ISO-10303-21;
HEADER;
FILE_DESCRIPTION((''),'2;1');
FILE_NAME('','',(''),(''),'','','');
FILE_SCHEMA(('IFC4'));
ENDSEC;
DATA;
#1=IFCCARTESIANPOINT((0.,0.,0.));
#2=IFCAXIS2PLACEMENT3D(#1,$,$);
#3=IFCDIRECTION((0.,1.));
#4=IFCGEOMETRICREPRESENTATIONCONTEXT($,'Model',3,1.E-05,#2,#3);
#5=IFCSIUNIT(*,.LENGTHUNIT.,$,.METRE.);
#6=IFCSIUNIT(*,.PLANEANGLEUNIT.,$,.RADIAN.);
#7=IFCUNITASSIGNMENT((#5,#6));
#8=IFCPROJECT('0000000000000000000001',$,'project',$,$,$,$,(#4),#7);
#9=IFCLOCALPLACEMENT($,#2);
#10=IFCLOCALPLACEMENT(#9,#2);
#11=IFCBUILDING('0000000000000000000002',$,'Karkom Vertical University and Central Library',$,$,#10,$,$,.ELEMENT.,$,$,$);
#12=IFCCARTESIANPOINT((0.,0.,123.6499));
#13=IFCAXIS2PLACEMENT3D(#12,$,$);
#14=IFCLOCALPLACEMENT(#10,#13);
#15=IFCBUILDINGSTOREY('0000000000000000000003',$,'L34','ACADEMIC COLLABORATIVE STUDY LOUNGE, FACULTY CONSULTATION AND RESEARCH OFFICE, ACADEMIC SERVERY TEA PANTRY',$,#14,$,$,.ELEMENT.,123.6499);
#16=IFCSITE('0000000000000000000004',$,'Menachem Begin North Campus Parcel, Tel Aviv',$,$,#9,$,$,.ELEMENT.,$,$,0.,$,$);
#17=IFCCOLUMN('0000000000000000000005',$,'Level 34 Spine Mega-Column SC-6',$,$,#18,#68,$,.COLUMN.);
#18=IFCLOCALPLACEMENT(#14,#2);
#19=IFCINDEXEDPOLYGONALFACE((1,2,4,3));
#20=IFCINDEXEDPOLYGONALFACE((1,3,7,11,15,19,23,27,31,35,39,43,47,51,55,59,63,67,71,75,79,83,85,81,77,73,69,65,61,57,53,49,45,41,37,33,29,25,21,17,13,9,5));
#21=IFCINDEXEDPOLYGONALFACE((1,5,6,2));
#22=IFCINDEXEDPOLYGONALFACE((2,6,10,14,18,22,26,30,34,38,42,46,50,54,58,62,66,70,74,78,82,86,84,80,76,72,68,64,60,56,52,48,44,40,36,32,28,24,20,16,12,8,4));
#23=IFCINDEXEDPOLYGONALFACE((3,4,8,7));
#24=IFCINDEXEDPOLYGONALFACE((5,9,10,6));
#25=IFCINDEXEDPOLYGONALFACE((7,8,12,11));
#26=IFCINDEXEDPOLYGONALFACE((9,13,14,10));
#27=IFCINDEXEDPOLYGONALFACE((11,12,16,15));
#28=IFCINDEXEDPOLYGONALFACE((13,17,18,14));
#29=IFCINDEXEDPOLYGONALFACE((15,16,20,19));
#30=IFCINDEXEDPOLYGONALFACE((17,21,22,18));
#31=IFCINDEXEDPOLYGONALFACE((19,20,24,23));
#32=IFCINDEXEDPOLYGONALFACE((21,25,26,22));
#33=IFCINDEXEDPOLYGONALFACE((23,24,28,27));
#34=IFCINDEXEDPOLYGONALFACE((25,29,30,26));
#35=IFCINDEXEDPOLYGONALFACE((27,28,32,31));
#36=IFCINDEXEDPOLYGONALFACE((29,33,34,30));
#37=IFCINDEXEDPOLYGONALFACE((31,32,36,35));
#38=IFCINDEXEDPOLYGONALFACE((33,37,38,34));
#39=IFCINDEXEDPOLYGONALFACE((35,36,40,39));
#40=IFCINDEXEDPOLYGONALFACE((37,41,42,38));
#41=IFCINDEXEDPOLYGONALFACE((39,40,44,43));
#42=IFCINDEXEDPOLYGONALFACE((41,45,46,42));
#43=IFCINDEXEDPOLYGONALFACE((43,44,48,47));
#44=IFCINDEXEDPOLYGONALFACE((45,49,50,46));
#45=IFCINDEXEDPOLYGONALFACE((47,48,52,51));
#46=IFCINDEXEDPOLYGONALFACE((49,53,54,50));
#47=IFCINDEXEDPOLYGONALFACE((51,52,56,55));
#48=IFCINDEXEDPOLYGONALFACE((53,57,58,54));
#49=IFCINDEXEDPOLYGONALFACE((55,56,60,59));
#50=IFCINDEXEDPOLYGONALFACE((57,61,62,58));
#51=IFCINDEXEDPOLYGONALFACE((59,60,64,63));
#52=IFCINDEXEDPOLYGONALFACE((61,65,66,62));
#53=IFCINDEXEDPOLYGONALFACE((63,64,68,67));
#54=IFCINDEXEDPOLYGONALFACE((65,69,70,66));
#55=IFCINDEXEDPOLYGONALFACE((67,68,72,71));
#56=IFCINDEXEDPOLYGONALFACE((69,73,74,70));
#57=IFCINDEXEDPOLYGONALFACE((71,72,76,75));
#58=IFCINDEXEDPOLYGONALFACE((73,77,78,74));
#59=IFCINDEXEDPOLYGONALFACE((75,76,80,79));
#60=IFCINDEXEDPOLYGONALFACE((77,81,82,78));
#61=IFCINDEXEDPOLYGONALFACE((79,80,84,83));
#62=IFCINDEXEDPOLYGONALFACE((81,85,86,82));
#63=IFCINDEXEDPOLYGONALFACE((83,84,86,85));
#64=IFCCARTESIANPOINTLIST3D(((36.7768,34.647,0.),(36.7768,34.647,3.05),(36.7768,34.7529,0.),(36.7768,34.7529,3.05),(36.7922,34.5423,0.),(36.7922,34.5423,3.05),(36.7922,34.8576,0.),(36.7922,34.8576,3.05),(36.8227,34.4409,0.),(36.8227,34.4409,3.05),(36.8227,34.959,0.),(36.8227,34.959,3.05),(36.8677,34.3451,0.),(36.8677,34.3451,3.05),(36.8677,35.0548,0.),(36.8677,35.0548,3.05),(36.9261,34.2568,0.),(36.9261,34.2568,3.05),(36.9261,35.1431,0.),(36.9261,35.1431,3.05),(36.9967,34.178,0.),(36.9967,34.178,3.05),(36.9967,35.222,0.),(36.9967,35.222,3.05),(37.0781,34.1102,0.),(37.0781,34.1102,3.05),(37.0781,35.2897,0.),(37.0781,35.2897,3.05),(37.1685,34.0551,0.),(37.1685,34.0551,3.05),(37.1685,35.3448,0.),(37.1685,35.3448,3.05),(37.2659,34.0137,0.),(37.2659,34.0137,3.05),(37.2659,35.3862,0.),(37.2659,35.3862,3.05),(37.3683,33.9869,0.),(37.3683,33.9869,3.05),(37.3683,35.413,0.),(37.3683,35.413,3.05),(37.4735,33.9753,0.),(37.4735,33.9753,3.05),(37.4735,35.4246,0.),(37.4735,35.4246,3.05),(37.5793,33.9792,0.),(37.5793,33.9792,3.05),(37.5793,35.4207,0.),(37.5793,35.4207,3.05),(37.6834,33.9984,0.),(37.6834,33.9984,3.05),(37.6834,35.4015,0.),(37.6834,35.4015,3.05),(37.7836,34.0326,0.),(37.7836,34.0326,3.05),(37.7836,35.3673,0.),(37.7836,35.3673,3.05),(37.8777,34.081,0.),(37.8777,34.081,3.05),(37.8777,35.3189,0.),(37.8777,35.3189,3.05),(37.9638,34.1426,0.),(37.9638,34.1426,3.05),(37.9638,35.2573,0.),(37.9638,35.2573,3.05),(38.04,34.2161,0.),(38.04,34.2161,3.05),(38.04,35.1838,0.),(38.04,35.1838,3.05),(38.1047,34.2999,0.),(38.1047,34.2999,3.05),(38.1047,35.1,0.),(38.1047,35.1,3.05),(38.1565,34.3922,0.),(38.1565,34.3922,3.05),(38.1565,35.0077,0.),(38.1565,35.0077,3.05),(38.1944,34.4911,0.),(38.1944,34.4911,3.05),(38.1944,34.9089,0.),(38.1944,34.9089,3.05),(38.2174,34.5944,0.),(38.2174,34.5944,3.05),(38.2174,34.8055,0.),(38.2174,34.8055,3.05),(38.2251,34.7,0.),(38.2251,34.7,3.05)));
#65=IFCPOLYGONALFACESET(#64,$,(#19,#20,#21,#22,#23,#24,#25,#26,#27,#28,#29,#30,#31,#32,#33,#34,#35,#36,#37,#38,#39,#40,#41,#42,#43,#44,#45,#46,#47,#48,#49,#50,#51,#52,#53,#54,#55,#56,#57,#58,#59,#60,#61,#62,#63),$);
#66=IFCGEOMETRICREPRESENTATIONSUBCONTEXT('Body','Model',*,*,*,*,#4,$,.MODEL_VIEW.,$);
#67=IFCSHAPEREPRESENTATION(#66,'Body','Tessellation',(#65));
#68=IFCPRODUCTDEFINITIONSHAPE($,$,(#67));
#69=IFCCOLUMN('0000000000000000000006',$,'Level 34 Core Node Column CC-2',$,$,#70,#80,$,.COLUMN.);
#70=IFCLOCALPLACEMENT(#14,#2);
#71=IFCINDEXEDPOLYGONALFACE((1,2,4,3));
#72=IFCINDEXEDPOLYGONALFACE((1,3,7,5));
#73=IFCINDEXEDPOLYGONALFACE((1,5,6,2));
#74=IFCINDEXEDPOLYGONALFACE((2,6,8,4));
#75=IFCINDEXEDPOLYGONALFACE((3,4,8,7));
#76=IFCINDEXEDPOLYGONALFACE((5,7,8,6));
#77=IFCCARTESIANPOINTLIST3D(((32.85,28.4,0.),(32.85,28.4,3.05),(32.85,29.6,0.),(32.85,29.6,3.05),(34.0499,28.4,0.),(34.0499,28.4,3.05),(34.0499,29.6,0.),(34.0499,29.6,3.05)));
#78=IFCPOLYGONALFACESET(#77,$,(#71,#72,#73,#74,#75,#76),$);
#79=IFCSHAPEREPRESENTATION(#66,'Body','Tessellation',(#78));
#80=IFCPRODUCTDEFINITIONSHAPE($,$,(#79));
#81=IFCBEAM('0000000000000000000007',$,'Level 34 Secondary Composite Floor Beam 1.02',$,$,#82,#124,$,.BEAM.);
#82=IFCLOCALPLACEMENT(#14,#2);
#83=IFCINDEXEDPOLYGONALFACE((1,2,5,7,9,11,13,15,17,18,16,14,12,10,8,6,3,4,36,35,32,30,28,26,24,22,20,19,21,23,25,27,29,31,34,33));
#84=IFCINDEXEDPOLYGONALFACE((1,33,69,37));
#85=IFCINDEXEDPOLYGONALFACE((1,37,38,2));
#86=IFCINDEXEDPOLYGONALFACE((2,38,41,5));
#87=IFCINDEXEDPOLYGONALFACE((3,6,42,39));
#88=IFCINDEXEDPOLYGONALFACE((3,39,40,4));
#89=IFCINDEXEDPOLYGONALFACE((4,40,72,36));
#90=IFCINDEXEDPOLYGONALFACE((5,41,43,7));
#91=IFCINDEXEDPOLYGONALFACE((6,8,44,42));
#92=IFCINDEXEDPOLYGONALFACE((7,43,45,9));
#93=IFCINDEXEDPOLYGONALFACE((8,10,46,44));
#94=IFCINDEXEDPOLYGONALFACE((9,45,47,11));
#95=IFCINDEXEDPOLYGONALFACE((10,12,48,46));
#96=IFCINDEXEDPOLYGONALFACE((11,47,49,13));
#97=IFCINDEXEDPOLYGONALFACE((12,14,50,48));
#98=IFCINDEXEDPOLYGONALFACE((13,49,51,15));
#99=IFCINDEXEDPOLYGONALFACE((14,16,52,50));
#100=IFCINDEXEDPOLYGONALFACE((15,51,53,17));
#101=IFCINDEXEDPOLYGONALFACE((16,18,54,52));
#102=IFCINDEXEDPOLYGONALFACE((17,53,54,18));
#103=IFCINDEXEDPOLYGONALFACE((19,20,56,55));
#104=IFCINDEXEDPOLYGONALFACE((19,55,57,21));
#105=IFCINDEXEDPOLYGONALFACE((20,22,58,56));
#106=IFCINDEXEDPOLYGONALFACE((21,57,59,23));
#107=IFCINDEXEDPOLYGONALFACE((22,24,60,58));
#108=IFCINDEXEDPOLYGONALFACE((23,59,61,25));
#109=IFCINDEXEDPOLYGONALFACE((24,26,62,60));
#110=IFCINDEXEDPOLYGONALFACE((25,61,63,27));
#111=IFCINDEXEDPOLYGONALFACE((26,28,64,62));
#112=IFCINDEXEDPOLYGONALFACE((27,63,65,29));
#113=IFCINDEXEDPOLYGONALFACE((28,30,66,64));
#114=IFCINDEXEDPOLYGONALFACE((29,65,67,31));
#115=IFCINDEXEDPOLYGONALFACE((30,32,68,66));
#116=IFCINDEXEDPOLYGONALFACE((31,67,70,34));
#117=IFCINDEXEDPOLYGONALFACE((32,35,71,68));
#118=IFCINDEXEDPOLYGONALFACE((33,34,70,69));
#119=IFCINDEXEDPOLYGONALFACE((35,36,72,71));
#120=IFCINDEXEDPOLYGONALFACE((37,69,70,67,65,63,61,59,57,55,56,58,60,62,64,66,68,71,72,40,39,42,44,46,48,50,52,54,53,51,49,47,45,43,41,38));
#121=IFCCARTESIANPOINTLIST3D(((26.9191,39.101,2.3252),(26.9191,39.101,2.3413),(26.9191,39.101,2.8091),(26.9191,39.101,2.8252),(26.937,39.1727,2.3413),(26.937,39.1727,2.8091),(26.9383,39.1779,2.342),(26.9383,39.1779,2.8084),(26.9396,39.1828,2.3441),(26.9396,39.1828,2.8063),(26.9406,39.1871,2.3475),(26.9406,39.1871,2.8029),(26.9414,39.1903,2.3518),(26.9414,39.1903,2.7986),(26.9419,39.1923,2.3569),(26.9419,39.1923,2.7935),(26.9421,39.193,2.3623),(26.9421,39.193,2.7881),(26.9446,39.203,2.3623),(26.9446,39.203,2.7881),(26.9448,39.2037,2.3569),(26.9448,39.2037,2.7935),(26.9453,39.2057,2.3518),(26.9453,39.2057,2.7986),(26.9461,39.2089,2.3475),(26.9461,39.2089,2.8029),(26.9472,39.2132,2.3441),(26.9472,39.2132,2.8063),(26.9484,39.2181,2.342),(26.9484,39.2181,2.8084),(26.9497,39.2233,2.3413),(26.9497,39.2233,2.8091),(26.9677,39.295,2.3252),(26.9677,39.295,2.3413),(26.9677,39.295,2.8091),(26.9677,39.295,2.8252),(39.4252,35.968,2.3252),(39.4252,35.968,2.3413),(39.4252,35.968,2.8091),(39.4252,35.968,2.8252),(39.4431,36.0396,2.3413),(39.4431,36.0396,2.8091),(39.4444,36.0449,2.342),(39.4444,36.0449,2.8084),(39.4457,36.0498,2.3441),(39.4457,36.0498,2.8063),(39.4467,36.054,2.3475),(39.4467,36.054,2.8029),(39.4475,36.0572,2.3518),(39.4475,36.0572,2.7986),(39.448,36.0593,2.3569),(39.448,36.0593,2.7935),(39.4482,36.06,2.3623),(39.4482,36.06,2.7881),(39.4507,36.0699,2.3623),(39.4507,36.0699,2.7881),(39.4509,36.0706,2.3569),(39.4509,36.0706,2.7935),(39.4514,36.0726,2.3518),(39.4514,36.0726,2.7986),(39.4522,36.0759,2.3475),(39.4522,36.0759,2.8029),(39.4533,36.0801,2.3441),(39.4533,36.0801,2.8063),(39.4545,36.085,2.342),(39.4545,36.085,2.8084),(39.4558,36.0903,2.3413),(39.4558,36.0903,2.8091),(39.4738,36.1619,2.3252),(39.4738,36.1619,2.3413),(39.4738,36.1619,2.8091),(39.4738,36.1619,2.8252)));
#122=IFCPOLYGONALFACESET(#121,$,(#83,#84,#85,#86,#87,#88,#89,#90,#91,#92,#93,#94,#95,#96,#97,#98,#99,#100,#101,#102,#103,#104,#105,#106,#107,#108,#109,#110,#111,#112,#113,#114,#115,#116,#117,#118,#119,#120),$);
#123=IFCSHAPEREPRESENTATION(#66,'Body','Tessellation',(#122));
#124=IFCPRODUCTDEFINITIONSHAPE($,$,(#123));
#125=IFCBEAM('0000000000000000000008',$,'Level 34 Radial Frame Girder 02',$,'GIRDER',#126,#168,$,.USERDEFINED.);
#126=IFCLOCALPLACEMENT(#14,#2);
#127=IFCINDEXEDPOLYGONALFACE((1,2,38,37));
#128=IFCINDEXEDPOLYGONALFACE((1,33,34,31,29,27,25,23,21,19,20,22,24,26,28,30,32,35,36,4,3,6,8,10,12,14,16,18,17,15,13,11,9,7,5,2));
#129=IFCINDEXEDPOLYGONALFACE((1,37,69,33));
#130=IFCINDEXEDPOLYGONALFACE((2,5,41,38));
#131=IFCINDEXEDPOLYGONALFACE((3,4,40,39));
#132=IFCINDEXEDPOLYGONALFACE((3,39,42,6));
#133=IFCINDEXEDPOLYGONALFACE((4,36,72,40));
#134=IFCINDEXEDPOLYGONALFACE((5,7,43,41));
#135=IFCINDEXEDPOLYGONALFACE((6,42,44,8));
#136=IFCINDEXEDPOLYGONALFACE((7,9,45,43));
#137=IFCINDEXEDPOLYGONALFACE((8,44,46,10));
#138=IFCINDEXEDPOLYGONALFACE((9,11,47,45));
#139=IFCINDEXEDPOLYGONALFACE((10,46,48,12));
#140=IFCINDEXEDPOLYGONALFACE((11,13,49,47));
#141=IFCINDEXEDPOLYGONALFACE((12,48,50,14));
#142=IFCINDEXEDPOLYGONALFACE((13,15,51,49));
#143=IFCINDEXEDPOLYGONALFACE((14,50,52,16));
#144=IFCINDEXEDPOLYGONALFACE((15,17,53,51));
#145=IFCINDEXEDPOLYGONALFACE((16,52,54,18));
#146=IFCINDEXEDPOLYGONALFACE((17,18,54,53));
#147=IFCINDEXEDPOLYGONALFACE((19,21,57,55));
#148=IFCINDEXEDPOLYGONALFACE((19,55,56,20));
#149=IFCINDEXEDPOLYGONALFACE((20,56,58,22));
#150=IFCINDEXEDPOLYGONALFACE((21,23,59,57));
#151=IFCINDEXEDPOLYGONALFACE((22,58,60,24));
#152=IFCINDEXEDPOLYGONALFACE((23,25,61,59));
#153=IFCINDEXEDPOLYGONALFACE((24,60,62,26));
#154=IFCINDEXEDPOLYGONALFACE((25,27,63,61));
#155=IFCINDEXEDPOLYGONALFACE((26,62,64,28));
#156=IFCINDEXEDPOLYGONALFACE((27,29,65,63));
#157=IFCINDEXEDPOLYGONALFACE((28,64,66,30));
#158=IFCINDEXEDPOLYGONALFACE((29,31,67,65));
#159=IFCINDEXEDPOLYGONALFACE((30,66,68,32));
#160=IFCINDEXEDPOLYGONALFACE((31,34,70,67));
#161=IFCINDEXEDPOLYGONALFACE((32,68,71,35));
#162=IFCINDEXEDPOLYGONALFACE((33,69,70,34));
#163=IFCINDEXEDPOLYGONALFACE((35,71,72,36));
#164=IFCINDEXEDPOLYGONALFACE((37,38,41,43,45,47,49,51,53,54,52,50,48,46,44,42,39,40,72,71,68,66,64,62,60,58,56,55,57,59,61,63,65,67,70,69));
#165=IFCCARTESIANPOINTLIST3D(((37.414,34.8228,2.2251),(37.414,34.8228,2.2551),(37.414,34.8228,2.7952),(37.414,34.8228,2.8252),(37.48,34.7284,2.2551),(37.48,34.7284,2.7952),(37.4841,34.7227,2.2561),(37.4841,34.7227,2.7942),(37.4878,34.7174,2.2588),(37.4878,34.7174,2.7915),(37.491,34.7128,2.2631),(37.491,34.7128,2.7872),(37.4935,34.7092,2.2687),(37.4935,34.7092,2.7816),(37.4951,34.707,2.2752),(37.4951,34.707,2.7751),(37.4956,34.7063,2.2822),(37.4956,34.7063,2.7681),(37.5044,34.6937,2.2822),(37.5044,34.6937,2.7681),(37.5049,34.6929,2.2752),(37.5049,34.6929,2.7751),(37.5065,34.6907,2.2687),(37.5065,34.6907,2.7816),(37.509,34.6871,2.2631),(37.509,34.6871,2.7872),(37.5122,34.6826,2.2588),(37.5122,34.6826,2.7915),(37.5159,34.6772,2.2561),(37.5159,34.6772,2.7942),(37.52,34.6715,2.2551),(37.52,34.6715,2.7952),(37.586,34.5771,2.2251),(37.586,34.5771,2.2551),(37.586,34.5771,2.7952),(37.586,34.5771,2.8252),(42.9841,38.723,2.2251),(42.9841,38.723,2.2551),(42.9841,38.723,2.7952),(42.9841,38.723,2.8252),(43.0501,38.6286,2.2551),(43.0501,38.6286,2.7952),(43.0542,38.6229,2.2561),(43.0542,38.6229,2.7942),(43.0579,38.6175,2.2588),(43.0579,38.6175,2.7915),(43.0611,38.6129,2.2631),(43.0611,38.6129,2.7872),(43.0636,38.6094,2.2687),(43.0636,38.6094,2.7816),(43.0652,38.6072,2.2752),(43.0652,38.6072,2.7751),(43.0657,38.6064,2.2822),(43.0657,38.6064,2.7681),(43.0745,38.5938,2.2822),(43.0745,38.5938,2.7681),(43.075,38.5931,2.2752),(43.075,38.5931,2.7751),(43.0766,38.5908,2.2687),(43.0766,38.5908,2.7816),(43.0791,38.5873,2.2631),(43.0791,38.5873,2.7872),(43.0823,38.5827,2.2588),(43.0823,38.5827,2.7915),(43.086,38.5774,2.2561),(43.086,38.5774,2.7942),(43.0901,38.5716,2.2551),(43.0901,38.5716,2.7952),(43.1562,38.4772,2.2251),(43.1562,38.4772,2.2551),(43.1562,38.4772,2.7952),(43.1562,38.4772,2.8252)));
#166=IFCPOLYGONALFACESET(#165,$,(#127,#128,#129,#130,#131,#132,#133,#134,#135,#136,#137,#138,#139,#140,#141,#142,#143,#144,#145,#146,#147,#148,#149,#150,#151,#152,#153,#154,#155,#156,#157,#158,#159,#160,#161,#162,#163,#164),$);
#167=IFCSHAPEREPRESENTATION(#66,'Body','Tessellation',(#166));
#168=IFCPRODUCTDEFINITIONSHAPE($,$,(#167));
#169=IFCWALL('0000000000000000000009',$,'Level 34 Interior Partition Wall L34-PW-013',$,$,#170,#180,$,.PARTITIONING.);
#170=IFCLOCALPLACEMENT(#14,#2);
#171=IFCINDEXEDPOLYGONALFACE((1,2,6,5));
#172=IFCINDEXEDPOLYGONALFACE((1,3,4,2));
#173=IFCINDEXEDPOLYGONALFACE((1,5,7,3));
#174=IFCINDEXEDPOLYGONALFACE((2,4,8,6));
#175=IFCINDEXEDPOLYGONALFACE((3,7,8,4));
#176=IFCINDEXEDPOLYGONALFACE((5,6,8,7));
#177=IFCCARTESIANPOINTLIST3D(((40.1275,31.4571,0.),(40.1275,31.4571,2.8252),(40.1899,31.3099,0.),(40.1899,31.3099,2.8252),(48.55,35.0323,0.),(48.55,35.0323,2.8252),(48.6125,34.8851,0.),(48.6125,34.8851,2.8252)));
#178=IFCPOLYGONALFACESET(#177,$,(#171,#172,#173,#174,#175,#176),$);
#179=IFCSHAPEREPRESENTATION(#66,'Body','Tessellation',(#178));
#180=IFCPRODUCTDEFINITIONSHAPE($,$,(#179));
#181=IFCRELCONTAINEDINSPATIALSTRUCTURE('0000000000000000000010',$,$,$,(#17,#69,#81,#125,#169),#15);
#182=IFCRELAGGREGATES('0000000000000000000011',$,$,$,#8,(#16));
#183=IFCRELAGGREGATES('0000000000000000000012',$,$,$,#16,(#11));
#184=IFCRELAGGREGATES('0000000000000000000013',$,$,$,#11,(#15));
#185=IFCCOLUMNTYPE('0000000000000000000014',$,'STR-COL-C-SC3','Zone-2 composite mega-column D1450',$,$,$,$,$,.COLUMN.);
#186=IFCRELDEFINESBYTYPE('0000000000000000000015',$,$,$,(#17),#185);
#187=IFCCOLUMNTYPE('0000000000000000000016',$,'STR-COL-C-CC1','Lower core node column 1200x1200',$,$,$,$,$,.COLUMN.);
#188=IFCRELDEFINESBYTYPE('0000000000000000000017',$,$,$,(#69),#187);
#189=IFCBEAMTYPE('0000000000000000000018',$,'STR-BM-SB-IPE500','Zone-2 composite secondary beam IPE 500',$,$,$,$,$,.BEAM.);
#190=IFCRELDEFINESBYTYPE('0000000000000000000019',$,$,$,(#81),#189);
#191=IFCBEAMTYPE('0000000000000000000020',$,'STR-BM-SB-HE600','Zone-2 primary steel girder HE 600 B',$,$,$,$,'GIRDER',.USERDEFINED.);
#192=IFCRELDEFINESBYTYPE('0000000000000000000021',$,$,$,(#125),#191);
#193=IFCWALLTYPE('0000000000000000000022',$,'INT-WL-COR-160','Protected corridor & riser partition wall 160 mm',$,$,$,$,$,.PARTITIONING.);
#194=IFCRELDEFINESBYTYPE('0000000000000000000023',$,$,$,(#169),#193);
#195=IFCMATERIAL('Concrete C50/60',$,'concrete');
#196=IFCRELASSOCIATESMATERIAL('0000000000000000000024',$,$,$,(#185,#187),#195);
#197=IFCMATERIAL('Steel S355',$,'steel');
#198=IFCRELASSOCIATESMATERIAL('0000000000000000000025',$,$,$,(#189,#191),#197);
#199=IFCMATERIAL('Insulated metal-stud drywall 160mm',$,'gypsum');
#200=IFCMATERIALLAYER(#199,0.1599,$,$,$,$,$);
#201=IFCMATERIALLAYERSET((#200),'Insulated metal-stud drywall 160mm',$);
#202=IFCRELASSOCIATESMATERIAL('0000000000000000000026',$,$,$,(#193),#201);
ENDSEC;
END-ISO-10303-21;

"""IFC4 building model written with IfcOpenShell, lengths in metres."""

from ifc_helpers import new_model, si_unit, direction, frame, frame_2d, origin, origin_with_axes, origin_2d, place, context, subcontext, project, spatial, rectangle, circle, i_section, extrude, source, transform, mapped, material, layer, layer_set, material_profile, profile_set, type_object, element, save


model = new_model("IFC4")

# Units and contexts
model_context = context("Model", 3, precision=1e-05, world=origin(), true_north=direction((0.0, 1.0)))
body_context = subcontext(model_context, "Body", "Model", "MODEL_VIEW")
ifc_project = project(units=[si_unit("LENGTHUNIT", "METRE"), si_unit("PLANEANGLEUNIT", "RADIAN")], contexts=[model_context])

# Site, building, storey
site_placement = place(None, origin())
site = spatial("IfcSite", under=ifc_project, at=site_placement, Name="Menachem Begin North Campus Parcel, Tel Aviv", CompositionType="ELEMENT", RefElevation=0.0)
building_placement = place(site_placement, origin())
building = spatial("IfcBuilding", under=site, at=building_placement, Name="Karkom Vertical University and Central Library", CompositionType="ELEMENT")
storey_placement = place(building_placement, frame((0.0, 0.0, 123.6499)))
storey = spatial("IfcBuildingStorey", under=building, at=storey_placement, Name="L34", Description="ACADEMIC COLLABORATIVE STUDY LOUNGE, FACULTY CONSULTATION AND RESEARCH OFFICE, ACADEMIC SERVERY TEA PANTRY", CompositionType="ELEMENT", Elevation=123.6499)

# Columns
ifc_material_1 = material(Name="Concrete C50/60", Category="concrete")
ifc_material_profile_1 = material_profile(ifc_material_1, circle(Radius=0.7251, at=origin_2d()), Name="CFT-D1450")
ifc_profile_set_1 = profile_set([ifc_material_profile_1], Name="Concrete C50/60")
column_type_1 = type_object("IfcColumnType", Name="STR-COL-C-SC3", Description="Zone-2 composite mega-column D1450", PredefinedType="COLUMN", material=ifc_profile_set_1)
shared_shape_1 = source(origin_with_axes(), body_context, "Body", "SweptSolid", [
    extrude(circle(Radius=0.7251, at=origin_2d()), origin(), (0.0, 0.0, 1.0), 3.05),
])
column_1_placement = place(storey_placement, frame((37.5, 34.7, 0.0), z_axis=(0.0, 0.0, 1.0), x_axis=(1.0, 0.0, 0.0)))
element("IfcColumn", 1, at=column_1_placement, inside=storey, type_object=column_type_1, Name="Level 34 Spine Mega-Column SC-6", PredefinedType="COLUMN", context=body_context, shape_type="MappedRepresentation", body=[
    mapped(shared_shape_1, transform((0.0, 0.0, 0.0), scale=1.0)),
])
ifc_material_profile_2 = material_profile(ifc_material_1, rectangle(XDim=1.2, YDim=1.2, at=origin_2d()), Name="RC-1200x1200")
ifc_profile_set_2 = profile_set([ifc_material_profile_2], Name="Concrete C50/60")
column_type_2 = type_object("IfcColumnType", Name="STR-COL-C-CC1", Description="Lower core node column 1200x1200", PredefinedType="COLUMN", material=ifc_profile_set_2)
shared_shape_2 = source(origin_with_axes(), body_context, "Body", "SweptSolid", [
    extrude(rectangle(XDim=1.2, YDim=1.2, at=origin_2d()), origin(), (0.0, 0.0, 1.0), 3.05),
])
column_2_placement = place(storey_placement, frame((33.45, 29.0, 0.0), z_axis=(0.0, 0.0, 1.0), x_axis=(1.0, 0.0, 0.0)))
element("IfcColumn", 2, at=column_2_placement, inside=storey, type_object=column_type_2, Name="Level 34 Core Node Column CC-2", PredefinedType="COLUMN", context=body_context, shape_type="MappedRepresentation", body=[
    mapped(shared_shape_2, transform((0.0, 0.0, 0.0), scale=1.0)),
])

# Beams
ifc_material_2 = material(Name="Steel S355", Category="steel")
ifc_material_profile_3 = material_profile(ifc_material_2, i_section(OverallWidth=0.2, OverallDepth=0.5, WebThickness=0.0103, FlangeThickness=0.0161, FilletRadius=0.021, at=origin_2d()), Name="IPE 500")
ifc_profile_set_3 = profile_set([ifc_material_profile_3], Name="Steel S355")
beam_type_1 = type_object("IfcBeamType", Name="STR-BM-SB-IPE500", Description="Zone-2 composite secondary beam IPE 500", PredefinedType="BEAM", material=ifc_profile_set_3)
shared_shape_3 = source(origin_with_axes(), body_context, "Body", "SweptSolid", [
    extrude(i_section(OverallWidth=0.2, OverallDepth=0.5, WebThickness=0.0103, FlangeThickness=0.0161, FilletRadius=0.021, at=origin_2d()), origin(), (0.0, 0.0, 1.0), 12.8926),
])
beam_1_placement = place(storey_placement, frame((39.4495, 36.0649, 2.5752), z_axis=(-0.970023, 0.243012, 0.0), x_axis=(-0.243012, -0.970023, 0.0)))
element("IfcBeam", 3, at=beam_1_placement, inside=storey, type_object=beam_type_1, Name="Level 34 Secondary Composite Floor Beam 1.02", PredefinedType="BEAM", context=body_context, shape_type="MappedRepresentation", body=[
    mapped(shared_shape_3, transform((0.0, 0.0, 0.0), scale=1.0)),
])
ifc_material_profile_4 = material_profile(ifc_material_2, i_section(OverallWidth=0.3, OverallDepth=0.6001, WebThickness=0.0154, FlangeThickness=0.03, FilletRadius=0.0271, at=origin_2d()), Name="HE 600 B")
ifc_profile_set_4 = profile_set([ifc_material_profile_4], Name="Steel S355")
beam_type_2 = type_object("IfcBeamType", Name="STR-BM-SB-HE600", Description="Zone-2 primary steel girder HE 600 B", ElementType="GIRDER", PredefinedType="USERDEFINED", material=ifc_profile_set_4)
shared_shape_4 = source(origin_with_axes(), body_context, "Body", "SweptSolid", [
    extrude(i_section(OverallWidth=0.3, OverallDepth=0.6001, WebThickness=0.0154, FlangeThickness=0.03, FilletRadius=0.0271, at=origin_2d()), origin(), (0.0, 0.0, 1.0), 6.7998),
])
beam_2_placement = place(storey_placement, frame((37.5, 34.7, 2.5251), z_axis=(0.819156, 0.573571, 0.0), x_axis=(-0.573571, 0.819156, 0.0)))
element("IfcBeam", 4, at=beam_2_placement, inside=storey, type_object=beam_type_2, Name="Level 34 Radial Frame Girder 02", ObjectType="GIRDER", PredefinedType="USERDEFINED", context=body_context, shape_type="MappedRepresentation", body=[
    mapped(shared_shape_4, transform((0.0, 0.0, 0.0), scale=1.0)),
])

# Wall
ifc_material_3 = material(Name="Insulated metal-stud drywall 160mm", Category="gypsum")
ifc_layer_1 = layer(ifc_material_3, 0.1599)
ifc_layer_set_1 = layer_set([ifc_layer_1], Name="Insulated metal-stud drywall 160mm")
wall_type_1 = type_object("IfcWallType", Name="INT-WL-COR-160", Description="Protected corridor & riser partition wall 160 mm", PredefinedType="PARTITIONING", material=ifc_layer_set_1)
wall_1_placement = place(storey_placement, frame((40.1587, 31.3835, 0.0), z_axis=(0.0, 0.0, 1.0), x_axis=(0.920504, 0.390732, 0.0)))
element("IfcWall", 5, at=wall_1_placement, inside=storey, type_object=wall_type_1, Name="Level 34 Interior Partition Wall L34-PW-013", PredefinedType="PARTITIONING", context=body_context, shape_type="SweptSolid", body=[
    extrude(rectangle(XDim=9.1499, YDim=0.1599, at=frame_2d((4.575, 0.0))), origin(), (0.0, 0.0, 1.0), 2.8252),
])

save(model, "model.ifc")
